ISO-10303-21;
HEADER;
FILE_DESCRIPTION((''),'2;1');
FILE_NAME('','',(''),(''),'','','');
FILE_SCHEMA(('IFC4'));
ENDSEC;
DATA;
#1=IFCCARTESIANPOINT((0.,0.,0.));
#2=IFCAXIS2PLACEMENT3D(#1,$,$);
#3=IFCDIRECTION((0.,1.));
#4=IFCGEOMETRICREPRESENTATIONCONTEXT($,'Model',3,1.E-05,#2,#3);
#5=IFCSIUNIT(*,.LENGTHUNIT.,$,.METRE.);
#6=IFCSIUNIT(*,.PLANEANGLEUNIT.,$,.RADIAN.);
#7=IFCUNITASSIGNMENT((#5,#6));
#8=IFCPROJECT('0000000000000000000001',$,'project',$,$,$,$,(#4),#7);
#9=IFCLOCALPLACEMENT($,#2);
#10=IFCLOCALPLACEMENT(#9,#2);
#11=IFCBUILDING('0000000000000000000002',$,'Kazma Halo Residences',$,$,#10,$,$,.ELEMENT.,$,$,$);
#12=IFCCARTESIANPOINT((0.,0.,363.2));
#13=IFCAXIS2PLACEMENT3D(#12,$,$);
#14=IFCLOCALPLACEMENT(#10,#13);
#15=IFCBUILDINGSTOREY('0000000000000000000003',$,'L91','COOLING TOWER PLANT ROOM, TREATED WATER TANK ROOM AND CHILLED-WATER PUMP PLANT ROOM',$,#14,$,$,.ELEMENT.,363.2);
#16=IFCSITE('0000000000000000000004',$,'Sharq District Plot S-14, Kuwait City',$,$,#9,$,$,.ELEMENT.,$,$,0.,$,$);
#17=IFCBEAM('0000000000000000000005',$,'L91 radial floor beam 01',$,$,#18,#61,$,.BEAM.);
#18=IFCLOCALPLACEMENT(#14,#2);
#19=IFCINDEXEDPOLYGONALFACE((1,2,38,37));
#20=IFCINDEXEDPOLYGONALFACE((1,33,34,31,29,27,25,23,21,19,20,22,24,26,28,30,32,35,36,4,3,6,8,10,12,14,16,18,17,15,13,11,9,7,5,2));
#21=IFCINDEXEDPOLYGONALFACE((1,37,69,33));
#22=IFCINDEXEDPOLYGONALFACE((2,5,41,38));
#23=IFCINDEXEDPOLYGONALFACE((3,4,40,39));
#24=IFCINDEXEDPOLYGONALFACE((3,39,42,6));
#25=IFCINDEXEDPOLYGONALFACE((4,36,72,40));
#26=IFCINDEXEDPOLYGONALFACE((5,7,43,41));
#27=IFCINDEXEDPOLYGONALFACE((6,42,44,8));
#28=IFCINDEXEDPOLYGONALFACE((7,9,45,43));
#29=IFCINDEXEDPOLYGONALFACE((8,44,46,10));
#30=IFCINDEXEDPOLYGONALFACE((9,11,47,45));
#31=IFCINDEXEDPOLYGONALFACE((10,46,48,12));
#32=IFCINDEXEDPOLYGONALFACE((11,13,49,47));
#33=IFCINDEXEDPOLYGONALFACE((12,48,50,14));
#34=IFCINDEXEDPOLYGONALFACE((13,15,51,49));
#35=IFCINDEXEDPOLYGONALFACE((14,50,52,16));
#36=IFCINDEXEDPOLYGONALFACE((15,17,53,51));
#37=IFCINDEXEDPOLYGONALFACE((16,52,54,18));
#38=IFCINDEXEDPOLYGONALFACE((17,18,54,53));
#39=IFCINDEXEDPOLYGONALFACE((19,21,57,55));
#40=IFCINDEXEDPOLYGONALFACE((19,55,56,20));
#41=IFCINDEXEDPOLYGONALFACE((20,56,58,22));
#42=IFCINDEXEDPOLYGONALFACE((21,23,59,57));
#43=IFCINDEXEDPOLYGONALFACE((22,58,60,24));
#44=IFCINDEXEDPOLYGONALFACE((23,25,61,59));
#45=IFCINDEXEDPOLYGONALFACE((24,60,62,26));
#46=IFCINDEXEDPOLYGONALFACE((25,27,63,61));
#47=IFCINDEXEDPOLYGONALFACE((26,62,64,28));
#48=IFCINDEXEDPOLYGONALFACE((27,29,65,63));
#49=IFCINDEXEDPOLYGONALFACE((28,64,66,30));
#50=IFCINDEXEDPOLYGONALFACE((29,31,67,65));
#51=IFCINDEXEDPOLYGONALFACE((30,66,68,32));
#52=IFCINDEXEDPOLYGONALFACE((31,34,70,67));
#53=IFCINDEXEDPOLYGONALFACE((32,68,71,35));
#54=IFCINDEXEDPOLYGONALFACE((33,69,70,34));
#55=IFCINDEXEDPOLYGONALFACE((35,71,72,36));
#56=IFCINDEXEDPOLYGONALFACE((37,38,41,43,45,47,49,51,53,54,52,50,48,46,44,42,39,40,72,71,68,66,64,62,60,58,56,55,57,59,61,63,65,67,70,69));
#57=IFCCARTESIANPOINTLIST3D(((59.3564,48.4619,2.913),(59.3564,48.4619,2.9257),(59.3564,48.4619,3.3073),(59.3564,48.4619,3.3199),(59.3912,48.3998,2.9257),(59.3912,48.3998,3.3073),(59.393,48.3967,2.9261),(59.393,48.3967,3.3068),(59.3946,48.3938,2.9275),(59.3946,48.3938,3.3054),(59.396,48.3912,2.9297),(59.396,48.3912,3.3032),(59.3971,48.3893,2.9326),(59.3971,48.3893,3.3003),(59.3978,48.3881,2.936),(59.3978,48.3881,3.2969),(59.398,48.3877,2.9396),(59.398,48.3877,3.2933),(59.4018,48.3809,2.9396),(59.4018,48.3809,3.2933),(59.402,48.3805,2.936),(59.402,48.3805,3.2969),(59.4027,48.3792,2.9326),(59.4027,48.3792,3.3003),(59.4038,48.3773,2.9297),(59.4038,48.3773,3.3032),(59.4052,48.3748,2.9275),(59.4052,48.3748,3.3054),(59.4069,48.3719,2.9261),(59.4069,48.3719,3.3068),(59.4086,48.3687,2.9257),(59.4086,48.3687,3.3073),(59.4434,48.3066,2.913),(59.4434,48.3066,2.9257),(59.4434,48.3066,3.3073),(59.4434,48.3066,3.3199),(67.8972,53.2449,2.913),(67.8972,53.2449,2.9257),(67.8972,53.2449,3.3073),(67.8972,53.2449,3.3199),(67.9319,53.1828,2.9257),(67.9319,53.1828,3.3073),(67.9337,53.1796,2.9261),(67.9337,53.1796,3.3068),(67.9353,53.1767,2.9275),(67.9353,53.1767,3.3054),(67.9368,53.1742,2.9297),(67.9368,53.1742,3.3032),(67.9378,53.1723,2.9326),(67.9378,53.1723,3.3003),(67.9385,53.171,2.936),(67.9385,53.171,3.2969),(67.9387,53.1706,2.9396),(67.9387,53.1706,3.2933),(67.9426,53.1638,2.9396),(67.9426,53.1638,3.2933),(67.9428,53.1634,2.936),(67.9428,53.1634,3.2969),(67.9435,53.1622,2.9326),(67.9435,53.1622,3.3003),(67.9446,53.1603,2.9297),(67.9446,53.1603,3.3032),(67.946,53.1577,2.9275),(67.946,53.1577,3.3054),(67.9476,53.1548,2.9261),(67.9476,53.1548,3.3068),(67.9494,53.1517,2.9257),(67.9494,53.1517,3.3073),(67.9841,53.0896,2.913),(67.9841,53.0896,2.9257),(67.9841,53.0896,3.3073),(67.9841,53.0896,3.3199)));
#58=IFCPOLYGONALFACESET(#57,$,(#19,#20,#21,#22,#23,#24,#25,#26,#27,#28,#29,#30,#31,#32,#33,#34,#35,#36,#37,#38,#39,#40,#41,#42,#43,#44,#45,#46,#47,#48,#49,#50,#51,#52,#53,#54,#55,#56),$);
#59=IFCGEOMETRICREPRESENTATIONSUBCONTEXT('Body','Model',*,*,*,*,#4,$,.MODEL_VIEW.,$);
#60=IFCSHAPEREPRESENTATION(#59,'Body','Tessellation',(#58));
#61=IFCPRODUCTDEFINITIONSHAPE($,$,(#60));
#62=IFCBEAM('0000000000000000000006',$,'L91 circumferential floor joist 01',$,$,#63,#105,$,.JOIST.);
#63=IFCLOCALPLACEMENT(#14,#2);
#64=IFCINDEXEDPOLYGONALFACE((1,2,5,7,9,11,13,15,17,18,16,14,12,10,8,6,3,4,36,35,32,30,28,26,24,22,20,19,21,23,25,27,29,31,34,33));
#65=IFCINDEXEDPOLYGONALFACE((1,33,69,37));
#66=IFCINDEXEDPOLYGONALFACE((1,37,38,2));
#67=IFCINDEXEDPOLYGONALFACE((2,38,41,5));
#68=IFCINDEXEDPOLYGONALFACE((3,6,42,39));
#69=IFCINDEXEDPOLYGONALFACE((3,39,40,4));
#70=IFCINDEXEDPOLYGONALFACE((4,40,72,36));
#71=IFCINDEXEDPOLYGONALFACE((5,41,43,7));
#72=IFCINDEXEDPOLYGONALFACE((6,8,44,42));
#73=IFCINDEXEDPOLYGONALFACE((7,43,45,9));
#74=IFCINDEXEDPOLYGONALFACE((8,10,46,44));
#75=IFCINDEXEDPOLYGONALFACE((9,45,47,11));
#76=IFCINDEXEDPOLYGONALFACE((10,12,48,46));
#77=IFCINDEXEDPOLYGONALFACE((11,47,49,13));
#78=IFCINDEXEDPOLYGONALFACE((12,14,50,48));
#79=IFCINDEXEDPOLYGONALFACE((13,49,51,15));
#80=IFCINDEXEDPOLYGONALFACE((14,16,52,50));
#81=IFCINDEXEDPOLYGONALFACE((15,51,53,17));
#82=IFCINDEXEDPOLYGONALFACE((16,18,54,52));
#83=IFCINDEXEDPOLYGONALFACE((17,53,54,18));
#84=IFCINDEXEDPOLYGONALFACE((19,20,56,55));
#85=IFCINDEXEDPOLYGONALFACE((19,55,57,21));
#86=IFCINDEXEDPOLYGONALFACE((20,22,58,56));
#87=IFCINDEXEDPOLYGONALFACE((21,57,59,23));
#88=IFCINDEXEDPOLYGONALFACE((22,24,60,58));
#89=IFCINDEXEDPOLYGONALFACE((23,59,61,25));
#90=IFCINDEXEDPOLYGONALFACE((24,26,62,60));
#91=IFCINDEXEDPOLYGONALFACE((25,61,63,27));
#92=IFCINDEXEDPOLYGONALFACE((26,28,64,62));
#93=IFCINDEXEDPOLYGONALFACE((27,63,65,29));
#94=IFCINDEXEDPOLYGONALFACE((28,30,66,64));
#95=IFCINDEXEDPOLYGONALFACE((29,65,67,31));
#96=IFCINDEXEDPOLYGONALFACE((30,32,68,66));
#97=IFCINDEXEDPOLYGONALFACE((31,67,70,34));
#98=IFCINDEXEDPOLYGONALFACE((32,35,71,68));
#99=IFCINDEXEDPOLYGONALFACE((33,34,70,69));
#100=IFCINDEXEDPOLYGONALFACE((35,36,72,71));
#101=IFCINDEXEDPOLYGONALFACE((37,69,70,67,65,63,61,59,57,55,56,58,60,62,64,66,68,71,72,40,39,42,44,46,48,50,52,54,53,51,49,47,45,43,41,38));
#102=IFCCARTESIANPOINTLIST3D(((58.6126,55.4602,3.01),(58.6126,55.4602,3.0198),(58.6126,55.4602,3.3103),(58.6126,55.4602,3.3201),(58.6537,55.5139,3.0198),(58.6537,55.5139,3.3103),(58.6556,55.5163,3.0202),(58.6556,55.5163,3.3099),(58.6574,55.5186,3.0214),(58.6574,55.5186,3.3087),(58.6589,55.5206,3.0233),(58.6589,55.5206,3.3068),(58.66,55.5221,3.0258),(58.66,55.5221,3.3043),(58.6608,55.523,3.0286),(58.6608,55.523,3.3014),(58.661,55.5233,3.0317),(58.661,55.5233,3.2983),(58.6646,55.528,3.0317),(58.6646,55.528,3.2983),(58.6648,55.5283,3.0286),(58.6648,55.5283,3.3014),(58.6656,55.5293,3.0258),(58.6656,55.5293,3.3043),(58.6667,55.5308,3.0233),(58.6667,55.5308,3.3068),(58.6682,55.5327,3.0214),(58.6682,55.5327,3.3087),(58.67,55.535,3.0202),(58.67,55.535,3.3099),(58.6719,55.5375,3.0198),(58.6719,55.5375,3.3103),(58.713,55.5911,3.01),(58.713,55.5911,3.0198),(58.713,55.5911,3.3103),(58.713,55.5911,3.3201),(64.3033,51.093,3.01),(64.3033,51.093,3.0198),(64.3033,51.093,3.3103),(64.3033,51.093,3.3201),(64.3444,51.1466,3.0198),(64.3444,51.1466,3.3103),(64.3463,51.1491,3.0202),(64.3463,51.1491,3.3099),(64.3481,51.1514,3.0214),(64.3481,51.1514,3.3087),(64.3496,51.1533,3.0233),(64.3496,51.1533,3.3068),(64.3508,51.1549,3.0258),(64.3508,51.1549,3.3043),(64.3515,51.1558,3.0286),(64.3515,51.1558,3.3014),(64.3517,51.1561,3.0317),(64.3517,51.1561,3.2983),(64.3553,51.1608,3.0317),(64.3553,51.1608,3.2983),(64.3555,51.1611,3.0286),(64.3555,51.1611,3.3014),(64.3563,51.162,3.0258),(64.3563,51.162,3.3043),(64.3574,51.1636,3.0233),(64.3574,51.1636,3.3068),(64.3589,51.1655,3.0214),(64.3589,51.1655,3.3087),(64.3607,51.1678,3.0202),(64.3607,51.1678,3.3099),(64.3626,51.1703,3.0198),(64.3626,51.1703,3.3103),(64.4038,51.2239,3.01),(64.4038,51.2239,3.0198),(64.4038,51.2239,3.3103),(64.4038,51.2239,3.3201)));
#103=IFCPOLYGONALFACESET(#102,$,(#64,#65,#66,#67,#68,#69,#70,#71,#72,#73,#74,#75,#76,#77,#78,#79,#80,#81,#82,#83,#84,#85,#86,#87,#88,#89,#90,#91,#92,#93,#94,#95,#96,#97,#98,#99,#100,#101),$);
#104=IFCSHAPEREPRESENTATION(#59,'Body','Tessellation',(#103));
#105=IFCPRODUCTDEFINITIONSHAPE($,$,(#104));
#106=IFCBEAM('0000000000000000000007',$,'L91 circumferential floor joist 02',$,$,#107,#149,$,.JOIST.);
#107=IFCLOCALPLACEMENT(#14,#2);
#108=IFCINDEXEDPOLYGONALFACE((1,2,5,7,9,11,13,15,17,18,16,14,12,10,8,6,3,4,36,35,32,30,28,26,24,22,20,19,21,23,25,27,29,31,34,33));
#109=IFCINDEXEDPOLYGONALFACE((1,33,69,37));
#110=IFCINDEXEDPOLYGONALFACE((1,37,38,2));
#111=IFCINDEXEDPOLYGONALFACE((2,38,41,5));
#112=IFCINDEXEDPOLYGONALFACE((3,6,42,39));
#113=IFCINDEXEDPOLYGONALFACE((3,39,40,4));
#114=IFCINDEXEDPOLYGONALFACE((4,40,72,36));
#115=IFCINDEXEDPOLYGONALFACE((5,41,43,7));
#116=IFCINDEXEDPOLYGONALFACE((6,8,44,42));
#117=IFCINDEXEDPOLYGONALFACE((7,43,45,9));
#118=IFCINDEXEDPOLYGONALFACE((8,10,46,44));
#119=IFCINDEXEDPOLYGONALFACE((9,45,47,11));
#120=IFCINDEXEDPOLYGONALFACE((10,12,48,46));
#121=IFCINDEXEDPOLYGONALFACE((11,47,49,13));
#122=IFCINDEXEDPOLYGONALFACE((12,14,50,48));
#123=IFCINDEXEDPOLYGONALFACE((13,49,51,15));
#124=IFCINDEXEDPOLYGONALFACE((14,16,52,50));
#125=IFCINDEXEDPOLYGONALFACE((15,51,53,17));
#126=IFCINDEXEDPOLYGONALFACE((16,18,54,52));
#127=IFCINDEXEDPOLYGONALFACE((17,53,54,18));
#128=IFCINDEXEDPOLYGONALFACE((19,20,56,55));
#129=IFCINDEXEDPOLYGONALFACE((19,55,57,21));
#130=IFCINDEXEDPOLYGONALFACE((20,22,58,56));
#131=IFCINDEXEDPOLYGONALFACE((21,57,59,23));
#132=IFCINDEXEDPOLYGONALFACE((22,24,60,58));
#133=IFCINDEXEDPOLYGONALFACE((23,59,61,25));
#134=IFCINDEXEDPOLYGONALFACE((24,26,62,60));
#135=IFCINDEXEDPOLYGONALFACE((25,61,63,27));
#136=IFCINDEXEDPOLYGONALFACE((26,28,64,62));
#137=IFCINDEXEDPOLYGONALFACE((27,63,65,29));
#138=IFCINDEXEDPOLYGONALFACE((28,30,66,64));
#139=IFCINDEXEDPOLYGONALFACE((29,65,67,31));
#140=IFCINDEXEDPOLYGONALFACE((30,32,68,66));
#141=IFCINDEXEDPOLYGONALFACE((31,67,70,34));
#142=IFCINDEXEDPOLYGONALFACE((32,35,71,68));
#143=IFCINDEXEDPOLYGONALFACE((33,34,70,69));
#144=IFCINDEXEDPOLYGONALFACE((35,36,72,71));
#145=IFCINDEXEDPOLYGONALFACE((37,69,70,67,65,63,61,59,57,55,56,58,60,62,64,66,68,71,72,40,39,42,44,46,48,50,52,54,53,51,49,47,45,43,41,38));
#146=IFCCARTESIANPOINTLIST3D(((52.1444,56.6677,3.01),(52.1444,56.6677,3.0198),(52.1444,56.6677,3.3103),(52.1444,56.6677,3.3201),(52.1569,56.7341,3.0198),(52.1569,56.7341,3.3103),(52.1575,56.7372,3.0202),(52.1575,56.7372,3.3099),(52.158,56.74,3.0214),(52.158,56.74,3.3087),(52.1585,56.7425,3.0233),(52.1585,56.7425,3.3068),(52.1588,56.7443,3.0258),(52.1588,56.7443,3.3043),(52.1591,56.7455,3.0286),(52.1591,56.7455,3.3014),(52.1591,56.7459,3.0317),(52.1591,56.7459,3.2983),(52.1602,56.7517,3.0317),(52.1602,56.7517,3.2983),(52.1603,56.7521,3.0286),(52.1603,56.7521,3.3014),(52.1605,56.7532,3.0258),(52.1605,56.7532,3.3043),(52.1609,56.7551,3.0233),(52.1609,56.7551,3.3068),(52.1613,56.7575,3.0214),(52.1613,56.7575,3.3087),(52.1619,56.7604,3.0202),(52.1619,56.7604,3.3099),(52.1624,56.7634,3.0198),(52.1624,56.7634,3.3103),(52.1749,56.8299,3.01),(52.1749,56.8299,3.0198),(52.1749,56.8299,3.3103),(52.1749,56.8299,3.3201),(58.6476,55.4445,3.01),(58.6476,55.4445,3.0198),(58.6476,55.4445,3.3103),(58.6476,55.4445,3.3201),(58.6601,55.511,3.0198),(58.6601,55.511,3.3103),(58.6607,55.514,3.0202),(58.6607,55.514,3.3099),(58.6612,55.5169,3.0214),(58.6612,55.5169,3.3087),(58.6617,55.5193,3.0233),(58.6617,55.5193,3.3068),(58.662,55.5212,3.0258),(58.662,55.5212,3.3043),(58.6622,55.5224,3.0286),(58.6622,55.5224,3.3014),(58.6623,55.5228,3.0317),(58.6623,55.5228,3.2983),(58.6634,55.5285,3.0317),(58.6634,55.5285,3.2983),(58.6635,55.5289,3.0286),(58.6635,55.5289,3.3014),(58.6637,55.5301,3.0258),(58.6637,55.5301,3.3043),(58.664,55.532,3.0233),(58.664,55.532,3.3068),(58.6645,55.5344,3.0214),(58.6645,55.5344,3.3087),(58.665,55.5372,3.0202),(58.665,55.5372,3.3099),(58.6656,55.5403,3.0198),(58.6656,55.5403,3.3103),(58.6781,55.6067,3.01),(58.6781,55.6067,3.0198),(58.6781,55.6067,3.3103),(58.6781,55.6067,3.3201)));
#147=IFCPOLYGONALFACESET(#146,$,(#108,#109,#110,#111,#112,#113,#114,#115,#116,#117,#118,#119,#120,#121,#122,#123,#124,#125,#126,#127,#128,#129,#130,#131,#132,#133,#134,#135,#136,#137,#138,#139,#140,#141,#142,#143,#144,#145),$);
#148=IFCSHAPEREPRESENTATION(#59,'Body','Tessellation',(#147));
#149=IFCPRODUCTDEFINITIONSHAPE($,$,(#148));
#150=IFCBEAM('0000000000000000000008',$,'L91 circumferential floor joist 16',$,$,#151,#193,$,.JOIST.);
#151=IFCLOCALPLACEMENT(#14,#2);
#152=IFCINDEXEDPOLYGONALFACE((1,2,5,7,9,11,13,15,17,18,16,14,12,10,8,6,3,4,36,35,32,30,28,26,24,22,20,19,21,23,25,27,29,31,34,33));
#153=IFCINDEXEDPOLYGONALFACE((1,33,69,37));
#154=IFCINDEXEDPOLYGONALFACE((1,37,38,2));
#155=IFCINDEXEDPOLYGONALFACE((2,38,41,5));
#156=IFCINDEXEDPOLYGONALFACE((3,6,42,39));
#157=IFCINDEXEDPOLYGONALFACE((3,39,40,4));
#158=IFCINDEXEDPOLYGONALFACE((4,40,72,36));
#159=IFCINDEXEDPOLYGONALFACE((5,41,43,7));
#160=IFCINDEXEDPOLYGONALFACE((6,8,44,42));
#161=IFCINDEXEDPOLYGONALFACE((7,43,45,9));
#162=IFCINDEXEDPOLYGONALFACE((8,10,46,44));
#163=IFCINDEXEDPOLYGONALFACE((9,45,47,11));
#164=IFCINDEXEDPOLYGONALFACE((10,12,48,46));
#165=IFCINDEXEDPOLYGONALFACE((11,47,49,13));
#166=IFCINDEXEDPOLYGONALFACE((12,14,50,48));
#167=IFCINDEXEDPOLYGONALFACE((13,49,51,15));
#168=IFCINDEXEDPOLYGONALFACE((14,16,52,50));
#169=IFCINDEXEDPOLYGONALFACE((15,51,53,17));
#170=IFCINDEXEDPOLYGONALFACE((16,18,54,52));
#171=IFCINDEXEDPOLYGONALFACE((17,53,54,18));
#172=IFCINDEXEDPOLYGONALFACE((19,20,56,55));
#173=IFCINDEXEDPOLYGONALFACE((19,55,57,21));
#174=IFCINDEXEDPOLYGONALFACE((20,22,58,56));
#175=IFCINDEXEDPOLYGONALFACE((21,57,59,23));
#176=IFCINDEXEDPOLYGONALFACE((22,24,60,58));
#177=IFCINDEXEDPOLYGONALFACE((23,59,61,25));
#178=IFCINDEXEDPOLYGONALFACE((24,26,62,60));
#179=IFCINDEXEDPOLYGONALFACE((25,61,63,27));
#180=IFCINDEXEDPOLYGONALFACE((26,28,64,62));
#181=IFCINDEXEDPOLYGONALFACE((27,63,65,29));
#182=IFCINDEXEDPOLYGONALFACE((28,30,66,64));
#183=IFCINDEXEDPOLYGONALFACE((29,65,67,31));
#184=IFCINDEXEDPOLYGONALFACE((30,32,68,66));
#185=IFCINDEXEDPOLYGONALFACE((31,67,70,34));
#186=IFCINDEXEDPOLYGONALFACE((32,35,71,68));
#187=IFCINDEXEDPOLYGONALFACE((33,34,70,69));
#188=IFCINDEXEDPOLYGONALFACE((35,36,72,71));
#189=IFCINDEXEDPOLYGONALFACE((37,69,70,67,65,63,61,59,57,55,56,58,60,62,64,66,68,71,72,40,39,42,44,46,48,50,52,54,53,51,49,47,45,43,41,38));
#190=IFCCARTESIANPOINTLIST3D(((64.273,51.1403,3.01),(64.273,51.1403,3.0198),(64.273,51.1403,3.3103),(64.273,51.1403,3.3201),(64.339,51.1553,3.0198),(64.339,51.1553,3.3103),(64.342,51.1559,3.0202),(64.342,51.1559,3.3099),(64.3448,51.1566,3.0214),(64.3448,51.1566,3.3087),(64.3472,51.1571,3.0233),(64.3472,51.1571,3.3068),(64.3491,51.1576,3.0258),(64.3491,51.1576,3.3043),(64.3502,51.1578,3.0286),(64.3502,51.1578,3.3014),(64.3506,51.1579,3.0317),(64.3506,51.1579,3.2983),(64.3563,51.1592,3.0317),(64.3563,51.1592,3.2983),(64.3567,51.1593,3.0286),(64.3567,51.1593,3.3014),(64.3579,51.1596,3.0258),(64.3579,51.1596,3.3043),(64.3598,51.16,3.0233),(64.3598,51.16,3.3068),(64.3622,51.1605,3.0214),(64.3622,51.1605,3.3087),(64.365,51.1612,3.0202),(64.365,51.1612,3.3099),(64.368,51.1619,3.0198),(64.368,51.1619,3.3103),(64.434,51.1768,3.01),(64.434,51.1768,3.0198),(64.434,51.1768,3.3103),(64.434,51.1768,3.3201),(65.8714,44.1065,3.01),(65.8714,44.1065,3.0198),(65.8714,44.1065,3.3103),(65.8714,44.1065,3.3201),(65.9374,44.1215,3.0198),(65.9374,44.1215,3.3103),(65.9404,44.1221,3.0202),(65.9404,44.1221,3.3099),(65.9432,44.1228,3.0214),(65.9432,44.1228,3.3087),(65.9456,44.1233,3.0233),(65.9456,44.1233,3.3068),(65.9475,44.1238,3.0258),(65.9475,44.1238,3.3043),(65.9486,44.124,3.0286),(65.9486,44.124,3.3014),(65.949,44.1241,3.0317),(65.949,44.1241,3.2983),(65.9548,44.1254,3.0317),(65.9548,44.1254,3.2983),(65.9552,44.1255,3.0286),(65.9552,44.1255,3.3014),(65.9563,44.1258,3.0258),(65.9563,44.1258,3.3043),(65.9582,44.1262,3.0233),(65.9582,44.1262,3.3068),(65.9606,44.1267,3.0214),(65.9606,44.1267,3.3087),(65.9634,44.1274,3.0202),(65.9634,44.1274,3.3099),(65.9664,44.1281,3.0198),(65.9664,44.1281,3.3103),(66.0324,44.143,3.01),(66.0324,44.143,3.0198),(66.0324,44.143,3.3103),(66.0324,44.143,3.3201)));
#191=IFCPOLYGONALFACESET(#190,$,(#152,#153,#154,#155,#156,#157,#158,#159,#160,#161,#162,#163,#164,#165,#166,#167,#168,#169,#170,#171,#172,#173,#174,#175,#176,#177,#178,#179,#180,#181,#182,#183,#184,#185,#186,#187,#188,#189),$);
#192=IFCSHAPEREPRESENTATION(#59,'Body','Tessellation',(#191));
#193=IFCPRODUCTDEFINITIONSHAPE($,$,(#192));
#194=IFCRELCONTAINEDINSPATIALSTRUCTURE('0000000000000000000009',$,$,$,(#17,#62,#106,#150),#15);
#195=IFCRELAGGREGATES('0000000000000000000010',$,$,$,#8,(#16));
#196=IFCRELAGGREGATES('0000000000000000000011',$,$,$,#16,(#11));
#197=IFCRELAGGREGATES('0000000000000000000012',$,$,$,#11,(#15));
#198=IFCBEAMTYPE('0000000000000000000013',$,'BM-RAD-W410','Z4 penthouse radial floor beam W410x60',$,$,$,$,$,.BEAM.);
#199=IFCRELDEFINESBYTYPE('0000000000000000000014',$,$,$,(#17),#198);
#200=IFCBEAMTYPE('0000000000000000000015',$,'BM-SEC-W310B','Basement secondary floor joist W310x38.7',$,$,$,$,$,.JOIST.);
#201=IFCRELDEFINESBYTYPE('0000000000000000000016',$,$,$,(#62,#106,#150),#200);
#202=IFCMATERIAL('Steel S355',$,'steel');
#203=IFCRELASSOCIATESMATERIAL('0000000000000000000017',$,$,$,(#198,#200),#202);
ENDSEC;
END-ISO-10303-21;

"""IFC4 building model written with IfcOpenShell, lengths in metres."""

from ifc_helpers import new_model, si_unit, direction, frame, origin, origin_2d, place, context, subcontext, project, spatial, i_section, extrude, material, material_profile, profile_set, type_object, element, save


model = new_model("IFC4")

# Units and contexts
model_context = context("Model", 3, precision=1e-05, world=origin(), true_north=direction((0.0, 1.0)))
body_context = subcontext(model_context, "Body", "Model", "MODEL_VIEW")
ifc_project = project(units=[si_unit("LENGTHUNIT", "METRE"), si_unit("PLANEANGLEUNIT", "RADIAN")], contexts=[model_context])

# Site, building, storey
site_placement = place(None, origin())
site = spatial("IfcSite", under=ifc_project, at=site_placement, Name="Sharq District Plot S-14, Kuwait City", CompositionType="ELEMENT", RefElevation=0.0)
building_placement = place(site_placement, origin())
building = spatial("IfcBuilding", under=site, at=building_placement, Name="Kazma Halo Residences", CompositionType="ELEMENT")
storey_placement = place(building_placement, frame((0.0, 0.0, 363.2)))
storey = spatial("IfcBuildingStorey", under=building, at=storey_placement, Name="L91", Description="COOLING TOWER PLANT ROOM, TREATED WATER TANK ROOM AND CHILLED-WATER PUMP PLANT ROOM", CompositionType="ELEMENT", Elevation=363.2)

# Shared definitions
ifc_material_1 = material(Name="Steel S355", Category="steel")

# Beams
ifc_material_profile_1 = material_profile(ifc_material_1, i_section(OverallWidth=0.178, OverallDepth=0.407, WebThickness=0.0078, FlangeThickness=0.0127, FilletRadius=0.0139, at=origin_2d()), Name="W410x60")
ifc_profile_set_1 = profile_set([ifc_material_profile_1], Name="Steel S355")
beam_type_1 = type_object("IfcBeamType", Name="BM-RAD-W410", Description="Z4 penthouse radial floor beam W410x60", PredefinedType="BEAM", material=ifc_profile_set_1)
beam_1_placement = place(storey_placement, frame((59.3999, 48.3843, 3.1165), z_axis=(0.8725, 0.488613, 0.0), x_axis=(-0.488613, 0.8725, 0.0)))
element("IfcBeam", 1, at=beam_1_placement, inside=storey, type_object=beam_type_1, Name="L91 radial floor beam 01", PredefinedType="BEAM", context=body_context, shape_type="SweptSolid", body=[
    extrude(i_section(OverallWidth=0.178, OverallDepth=0.407, WebThickness=0.0078, FlangeThickness=0.0127, FilletRadius=0.0139, at=origin_2d()), origin(), (0.0, 0.0, 1.0), 9.7888),
])
ifc_material_profile_2 = material_profile(ifc_material_1, i_section(OverallWidth=0.165, OverallDepth=0.3101, WebThickness=0.0059, FlangeThickness=0.0098, FilletRadius=0.012, at=origin_2d()), Name="W310x38.7")
ifc_profile_set_2 = profile_set([ifc_material_profile_2], Name="Steel S355")
beam_type_2 = type_object("IfcBeamType", Name="BM-SEC-W310B", Description="Basement secondary floor joist W310x38.7", PredefinedType="JOIST", material=ifc_profile_set_2)
beam_2_placement = place(storey_placement, frame((64.3535, 51.1584, 3.165), z_axis=(-0.793314, 0.608812, 0.0), x_axis=(-0.608812, -0.793314, 0.0)))
element("IfcBeam", 2, at=beam_2_placement, inside=storey, type_object=beam_type_2, Name="L91 circumferential floor joist 01", PredefinedType="JOIST", context=body_context, shape_type="SweptSolid", body=[
    extrude(i_section(OverallWidth=0.165, OverallDepth=0.3101, WebThickness=0.0059, FlangeThickness=0.0098, FilletRadius=0.012, at=origin_2d()), origin(), (0.0, 0.0, 1.0), 7.1733),
])
beam_3_placement = place(storey_placement, frame((58.6628, 55.5256, 3.165), z_axis=(-0.982768, 0.184843, 0.0), x_axis=(-0.184843, -0.982768, 0.0)))
element("IfcBeam", 3, at=beam_3_placement, inside=storey, type_object=beam_type_2, Name="L91 circumferential floor joist 02", PredefinedType="JOIST", context=body_context, shape_type="SweptSolid", body=[
    extrude(i_section(OverallWidth=0.165, OverallDepth=0.3101, WebThickness=0.0059, FlangeThickness=0.0098, FilletRadius=0.012, at=origin_2d()), origin(), (0.0, 0.0, 1.0), 6.6172),
])
beam_4_placement = place(storey_placement, frame((65.9519, 44.1248, 3.165), z_axis=(-0.221598, 0.975138, 0.0), x_axis=(-0.975138, -0.221598, 0.0)))
element("IfcBeam", 4, at=beam_4_placement, inside=storey, type_object=beam_type_2, Name="L91 circumferential floor joist 16", PredefinedType="JOIST", context=body_context, shape_type="SweptSolid", body=[
    extrude(i_section(OverallWidth=0.165, OverallDepth=0.3101, WebThickness=0.0059, FlangeThickness=0.0098, FilletRadius=0.012, at=origin_2d()), origin(), (0.0, 0.0, 1.0), 7.2131),
])

save(model, "model.ifc")
